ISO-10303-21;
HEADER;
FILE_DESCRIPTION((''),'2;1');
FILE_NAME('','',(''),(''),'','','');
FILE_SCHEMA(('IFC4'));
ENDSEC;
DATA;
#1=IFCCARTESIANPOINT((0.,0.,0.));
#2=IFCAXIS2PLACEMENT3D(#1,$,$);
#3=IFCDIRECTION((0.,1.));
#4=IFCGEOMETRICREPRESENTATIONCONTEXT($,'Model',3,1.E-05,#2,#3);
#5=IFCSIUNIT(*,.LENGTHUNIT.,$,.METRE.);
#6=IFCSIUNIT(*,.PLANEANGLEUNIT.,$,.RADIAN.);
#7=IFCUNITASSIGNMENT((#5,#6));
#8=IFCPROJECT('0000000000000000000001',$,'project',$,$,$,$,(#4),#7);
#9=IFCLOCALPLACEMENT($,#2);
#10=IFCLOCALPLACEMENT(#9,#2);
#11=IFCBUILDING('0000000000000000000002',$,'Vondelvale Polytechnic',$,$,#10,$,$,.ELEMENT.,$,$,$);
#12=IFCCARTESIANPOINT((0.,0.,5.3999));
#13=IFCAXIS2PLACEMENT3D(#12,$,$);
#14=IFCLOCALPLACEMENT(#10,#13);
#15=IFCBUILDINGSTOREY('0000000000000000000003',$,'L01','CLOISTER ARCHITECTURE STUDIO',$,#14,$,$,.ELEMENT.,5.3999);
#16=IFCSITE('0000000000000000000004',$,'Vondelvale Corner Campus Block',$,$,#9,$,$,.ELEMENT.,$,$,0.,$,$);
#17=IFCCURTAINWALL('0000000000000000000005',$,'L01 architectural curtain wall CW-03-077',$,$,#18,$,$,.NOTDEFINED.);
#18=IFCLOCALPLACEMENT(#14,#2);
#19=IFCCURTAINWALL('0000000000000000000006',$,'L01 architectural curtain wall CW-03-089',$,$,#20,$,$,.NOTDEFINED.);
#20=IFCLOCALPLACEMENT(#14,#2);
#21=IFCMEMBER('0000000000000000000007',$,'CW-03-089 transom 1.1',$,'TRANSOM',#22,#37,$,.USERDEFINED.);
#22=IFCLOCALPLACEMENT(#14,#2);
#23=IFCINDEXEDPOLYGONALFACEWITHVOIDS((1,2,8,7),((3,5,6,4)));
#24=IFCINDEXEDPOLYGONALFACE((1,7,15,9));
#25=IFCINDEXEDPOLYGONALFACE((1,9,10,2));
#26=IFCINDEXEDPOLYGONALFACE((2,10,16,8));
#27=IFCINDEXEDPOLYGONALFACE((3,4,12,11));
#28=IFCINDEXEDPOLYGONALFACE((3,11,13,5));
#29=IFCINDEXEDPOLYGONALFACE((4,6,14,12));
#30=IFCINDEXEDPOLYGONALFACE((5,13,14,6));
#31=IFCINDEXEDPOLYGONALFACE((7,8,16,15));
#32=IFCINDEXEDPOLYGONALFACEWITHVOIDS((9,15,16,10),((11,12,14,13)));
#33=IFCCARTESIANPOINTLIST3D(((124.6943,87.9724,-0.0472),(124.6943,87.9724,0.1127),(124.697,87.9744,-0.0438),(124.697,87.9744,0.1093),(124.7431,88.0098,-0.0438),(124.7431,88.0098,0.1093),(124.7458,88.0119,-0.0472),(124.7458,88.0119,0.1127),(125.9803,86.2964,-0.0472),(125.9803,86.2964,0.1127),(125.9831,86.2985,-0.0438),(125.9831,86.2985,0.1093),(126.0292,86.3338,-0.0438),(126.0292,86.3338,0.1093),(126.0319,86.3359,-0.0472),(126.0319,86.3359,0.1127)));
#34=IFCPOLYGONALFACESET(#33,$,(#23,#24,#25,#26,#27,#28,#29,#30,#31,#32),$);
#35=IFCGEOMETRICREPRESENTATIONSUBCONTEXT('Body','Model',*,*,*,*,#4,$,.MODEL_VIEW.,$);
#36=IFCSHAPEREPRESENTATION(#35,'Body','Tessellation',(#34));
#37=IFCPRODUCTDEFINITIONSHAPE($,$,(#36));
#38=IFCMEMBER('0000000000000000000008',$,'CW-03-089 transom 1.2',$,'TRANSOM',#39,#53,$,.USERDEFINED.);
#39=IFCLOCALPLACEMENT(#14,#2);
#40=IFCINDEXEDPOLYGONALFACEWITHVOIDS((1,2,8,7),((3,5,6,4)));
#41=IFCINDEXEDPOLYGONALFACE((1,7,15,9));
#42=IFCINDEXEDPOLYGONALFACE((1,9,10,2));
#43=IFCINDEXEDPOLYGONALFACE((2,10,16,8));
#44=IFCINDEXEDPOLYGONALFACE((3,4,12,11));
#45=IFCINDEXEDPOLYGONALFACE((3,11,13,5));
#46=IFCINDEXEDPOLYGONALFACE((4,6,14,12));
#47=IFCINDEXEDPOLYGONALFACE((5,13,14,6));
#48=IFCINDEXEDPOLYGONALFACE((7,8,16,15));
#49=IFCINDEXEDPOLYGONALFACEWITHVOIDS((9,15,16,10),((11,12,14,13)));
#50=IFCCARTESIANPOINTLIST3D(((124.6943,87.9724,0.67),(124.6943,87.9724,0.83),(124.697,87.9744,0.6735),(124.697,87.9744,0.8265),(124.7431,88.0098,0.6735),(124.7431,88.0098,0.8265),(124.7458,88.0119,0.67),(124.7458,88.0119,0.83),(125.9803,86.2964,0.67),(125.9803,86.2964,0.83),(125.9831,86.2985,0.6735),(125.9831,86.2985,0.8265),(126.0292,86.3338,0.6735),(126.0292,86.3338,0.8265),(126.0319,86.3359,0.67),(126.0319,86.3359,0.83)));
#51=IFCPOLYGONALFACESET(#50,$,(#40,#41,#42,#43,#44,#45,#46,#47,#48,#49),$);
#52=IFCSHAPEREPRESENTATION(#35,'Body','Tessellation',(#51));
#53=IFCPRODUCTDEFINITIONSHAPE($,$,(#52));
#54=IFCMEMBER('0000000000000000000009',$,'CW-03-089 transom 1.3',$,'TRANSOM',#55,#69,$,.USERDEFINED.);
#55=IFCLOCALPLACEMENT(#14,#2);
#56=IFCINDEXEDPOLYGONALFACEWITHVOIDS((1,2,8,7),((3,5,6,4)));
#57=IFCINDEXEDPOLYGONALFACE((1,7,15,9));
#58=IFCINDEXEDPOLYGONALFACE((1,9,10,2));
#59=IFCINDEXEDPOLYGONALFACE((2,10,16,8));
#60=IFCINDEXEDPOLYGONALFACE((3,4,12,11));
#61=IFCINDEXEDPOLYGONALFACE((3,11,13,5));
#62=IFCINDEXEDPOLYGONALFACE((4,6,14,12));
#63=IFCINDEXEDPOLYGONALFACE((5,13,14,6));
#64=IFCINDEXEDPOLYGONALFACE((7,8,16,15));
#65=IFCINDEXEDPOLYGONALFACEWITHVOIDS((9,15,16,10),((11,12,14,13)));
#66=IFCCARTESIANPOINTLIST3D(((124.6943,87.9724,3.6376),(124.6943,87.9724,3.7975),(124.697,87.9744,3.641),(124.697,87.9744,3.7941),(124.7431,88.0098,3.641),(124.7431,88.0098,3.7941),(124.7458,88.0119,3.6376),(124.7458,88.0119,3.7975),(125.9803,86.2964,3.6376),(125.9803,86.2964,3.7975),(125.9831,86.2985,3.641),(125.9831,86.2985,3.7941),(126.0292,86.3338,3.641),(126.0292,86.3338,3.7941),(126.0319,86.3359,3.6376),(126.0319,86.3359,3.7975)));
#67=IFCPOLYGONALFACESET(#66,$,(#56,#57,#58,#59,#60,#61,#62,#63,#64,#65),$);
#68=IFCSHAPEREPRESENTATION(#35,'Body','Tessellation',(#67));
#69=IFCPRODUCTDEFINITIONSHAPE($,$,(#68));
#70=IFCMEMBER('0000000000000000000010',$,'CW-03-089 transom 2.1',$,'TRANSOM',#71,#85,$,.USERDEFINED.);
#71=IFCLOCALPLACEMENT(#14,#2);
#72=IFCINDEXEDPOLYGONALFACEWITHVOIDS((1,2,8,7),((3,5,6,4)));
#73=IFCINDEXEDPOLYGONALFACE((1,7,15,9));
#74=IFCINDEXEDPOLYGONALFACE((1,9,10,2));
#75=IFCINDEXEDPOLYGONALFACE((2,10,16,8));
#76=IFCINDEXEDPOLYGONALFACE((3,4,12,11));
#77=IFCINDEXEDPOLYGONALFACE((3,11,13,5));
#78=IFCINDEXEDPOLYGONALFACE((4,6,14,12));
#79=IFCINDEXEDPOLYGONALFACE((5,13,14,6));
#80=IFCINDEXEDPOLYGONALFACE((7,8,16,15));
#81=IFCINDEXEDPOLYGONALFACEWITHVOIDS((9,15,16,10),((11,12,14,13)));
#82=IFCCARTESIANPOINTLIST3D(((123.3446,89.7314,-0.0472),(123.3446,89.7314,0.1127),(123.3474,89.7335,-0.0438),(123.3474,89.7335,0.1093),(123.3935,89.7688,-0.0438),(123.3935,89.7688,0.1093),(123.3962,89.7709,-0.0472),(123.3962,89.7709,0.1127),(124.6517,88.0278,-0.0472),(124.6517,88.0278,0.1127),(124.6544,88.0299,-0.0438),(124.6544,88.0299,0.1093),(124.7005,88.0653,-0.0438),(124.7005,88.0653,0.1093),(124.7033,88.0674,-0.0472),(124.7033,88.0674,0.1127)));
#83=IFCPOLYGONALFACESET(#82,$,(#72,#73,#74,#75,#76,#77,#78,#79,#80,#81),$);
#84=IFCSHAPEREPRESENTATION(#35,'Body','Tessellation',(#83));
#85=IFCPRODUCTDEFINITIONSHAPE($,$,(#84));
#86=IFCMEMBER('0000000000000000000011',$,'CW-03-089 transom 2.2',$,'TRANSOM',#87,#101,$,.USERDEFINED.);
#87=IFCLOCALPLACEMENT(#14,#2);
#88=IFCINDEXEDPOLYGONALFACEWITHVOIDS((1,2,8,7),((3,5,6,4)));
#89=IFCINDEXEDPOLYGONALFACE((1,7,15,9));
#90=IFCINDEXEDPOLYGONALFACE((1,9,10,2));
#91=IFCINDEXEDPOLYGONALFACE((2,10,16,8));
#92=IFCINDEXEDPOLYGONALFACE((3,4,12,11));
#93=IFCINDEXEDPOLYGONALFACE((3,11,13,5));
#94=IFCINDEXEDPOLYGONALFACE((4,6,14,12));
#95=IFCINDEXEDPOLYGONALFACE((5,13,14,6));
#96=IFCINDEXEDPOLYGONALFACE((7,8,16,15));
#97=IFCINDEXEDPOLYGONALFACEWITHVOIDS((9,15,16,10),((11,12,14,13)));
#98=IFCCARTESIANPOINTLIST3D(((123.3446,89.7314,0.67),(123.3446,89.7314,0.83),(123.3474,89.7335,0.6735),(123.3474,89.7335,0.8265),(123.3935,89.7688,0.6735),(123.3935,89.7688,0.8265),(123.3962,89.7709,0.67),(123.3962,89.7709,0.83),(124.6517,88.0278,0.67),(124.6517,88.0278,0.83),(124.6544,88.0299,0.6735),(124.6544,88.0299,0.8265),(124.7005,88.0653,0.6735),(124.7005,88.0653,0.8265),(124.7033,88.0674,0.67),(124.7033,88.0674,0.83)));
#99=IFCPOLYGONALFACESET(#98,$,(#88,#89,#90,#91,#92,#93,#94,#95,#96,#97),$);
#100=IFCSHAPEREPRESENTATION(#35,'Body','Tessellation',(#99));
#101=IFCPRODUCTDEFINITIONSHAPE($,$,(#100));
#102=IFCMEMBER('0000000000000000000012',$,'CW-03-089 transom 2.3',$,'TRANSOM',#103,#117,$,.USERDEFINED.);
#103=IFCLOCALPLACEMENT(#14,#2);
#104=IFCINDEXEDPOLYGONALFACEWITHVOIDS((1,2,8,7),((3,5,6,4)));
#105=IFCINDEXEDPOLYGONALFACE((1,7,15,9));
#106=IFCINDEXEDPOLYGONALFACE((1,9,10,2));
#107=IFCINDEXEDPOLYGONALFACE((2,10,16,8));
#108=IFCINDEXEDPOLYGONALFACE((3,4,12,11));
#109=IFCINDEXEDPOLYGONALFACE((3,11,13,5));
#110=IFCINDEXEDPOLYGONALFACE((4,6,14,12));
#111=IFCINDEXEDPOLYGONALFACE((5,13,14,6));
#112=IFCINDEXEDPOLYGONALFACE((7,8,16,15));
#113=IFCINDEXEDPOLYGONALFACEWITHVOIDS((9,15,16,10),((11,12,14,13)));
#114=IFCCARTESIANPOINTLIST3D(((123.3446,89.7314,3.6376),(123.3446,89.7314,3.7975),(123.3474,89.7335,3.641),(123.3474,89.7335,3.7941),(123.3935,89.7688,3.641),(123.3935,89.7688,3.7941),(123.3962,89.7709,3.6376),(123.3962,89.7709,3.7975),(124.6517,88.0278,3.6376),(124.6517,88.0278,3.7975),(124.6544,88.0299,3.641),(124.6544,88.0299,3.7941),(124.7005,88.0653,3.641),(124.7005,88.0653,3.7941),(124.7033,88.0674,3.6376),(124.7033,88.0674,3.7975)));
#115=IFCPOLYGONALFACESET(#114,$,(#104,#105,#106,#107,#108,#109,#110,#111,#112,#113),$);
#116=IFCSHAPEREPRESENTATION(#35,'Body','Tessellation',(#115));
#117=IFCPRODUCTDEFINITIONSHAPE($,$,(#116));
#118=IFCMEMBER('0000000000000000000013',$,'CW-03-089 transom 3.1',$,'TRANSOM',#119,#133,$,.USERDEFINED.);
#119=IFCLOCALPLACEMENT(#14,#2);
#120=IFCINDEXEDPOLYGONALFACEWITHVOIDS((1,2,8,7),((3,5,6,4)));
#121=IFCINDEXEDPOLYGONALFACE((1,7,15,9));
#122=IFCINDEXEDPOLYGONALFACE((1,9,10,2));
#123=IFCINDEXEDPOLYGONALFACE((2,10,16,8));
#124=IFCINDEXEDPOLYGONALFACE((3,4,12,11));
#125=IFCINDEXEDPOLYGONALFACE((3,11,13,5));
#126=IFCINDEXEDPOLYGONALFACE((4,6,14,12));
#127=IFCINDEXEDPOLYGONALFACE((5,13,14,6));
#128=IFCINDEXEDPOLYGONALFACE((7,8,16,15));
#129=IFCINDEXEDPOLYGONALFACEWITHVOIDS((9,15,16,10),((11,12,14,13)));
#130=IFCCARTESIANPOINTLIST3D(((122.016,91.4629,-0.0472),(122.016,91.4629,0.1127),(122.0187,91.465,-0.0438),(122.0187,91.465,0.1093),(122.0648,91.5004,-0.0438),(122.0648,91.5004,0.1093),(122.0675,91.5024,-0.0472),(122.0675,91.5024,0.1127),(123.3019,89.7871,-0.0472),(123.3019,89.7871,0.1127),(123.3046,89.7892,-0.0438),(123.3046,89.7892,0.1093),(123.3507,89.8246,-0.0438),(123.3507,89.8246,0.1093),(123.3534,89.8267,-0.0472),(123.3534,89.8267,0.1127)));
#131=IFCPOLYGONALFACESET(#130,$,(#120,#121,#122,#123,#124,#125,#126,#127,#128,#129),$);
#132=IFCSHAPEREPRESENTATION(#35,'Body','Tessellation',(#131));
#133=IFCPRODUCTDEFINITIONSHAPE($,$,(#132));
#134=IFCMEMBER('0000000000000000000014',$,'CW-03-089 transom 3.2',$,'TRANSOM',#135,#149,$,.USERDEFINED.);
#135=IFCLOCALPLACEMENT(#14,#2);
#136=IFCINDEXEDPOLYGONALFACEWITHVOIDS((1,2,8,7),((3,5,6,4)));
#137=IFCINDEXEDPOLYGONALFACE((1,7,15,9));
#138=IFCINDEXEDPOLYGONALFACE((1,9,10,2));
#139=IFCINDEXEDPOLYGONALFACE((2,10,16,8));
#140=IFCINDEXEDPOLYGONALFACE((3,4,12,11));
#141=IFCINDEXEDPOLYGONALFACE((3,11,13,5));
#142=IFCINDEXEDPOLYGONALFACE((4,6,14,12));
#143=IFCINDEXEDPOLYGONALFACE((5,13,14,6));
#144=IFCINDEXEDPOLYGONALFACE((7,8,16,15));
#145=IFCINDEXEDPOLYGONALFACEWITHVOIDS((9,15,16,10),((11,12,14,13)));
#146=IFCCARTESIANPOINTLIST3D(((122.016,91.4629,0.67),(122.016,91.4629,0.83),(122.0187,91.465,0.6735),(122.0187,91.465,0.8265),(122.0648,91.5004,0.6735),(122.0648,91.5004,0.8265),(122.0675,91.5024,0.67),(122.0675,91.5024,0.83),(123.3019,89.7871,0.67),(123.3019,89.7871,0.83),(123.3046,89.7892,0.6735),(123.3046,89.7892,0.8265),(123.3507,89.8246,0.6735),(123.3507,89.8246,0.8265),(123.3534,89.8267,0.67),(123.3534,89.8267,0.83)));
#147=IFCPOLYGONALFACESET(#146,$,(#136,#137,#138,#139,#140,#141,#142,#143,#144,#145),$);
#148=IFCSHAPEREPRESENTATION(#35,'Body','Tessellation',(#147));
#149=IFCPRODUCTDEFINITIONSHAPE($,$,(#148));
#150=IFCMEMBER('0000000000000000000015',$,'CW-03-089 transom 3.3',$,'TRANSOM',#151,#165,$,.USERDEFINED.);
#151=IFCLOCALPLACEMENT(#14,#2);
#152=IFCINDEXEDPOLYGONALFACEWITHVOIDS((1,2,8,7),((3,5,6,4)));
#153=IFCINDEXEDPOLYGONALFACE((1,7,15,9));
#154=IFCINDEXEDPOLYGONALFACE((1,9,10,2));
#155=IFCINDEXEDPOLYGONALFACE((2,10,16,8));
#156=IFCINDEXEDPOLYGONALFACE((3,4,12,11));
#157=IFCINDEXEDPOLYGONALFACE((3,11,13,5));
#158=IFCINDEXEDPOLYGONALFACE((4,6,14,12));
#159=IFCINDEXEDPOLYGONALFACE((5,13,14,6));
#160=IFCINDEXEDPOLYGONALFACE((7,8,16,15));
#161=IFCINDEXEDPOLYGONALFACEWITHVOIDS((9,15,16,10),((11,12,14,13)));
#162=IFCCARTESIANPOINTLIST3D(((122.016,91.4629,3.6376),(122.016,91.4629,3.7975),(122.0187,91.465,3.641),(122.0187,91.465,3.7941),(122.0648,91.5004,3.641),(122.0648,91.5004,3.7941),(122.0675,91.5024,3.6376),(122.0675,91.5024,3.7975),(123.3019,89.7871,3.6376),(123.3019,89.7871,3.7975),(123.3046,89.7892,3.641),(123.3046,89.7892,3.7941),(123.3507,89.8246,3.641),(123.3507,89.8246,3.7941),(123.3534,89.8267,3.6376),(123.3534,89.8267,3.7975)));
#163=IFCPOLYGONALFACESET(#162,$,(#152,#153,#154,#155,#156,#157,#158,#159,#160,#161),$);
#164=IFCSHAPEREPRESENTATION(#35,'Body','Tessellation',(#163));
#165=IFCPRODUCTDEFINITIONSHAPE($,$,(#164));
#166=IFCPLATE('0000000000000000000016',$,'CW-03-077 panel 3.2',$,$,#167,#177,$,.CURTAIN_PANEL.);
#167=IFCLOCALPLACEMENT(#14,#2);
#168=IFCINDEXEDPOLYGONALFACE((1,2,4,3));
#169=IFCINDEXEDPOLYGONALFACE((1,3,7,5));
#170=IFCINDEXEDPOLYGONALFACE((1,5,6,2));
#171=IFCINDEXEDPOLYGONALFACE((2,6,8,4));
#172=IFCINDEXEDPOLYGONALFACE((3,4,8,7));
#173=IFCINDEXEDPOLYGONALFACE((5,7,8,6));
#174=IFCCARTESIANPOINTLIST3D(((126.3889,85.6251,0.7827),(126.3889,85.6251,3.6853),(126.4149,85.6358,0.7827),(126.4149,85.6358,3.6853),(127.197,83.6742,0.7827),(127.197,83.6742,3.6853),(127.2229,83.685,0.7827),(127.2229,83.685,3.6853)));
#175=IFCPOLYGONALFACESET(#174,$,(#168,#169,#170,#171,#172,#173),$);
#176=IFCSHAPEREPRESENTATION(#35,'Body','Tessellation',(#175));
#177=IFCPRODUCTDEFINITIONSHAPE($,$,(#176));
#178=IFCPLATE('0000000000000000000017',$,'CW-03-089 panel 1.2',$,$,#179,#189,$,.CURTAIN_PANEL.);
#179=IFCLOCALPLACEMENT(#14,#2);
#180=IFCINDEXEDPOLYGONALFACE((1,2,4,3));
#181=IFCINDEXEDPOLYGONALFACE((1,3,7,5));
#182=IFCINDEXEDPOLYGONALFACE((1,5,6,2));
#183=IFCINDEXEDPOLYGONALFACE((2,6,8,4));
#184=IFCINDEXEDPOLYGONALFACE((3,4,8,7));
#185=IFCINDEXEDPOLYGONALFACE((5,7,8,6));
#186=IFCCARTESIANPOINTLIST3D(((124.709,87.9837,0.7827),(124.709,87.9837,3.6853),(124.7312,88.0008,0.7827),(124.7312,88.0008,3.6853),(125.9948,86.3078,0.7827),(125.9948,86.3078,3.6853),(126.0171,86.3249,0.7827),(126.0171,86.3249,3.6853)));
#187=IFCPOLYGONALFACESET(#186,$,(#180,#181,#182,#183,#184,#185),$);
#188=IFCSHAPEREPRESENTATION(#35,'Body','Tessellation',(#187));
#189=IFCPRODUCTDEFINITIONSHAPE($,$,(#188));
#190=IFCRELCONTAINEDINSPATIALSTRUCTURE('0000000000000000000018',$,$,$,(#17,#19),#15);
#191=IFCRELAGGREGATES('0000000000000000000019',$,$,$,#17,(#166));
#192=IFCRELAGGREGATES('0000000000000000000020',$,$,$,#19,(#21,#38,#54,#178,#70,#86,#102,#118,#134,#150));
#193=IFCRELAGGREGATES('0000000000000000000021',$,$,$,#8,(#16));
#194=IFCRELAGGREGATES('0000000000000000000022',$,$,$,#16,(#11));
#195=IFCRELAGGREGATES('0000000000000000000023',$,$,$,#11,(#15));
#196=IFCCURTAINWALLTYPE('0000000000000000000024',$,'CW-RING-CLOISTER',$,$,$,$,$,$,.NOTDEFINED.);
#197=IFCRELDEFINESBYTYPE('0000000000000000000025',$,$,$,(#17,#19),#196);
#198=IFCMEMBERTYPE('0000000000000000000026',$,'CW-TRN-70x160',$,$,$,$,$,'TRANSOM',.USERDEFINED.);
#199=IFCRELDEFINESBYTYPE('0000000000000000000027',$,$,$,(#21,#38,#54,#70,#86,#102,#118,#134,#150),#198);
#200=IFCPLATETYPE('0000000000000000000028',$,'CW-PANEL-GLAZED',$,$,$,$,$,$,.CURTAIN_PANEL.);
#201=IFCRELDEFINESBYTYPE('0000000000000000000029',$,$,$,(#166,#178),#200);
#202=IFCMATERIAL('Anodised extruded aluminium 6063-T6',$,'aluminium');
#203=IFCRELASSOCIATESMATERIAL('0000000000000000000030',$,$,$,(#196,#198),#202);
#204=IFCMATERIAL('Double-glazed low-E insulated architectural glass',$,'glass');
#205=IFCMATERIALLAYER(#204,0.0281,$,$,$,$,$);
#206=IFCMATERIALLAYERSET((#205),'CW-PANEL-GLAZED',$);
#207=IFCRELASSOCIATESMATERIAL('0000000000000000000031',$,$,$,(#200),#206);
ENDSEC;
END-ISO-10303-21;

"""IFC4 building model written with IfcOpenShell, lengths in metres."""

from ifc_helpers import new_model, si_unit, direction, frame, origin, origin_2d, place, context, subcontext, project, spatial, rectangle, hollow_rectangle, extrude, material, layer, layer_set, material_profile, profile_set, type_object, element, aggregate, save


model = new_model("IFC4")

# Units and contexts
model_context = context("Model", 3, precision=1e-05, world=origin(), true_north=direction((0.0, 1.0)))
body_context = subcontext(model_context, "Body", "Model", "MODEL_VIEW")
ifc_project = project(units=[si_unit("LENGTHUNIT", "METRE"), si_unit("PLANEANGLEUNIT", "RADIAN")], contexts=[model_context])

# Site, building, storey
site_placement = place(None, origin())
site = spatial("IfcSite", under=ifc_project, at=site_placement, Name="Vondelvale Corner Campus Block", CompositionType="ELEMENT", RefElevation=0.0)
building_placement = place(site_placement, origin())
building = spatial("IfcBuilding", under=site, at=building_placement, Name="Vondelvale Polytechnic", CompositionType="ELEMENT")
storey_placement = place(building_placement, frame((0.0, 0.0, 5.3999)))
storey = spatial("IfcBuildingStorey", under=building, at=storey_placement, Name="L01", Description="CLOISTER ARCHITECTURE STUDIO", CompositionType="ELEMENT", Elevation=5.3999)

# Curtain wall
ifc_material_1 = material(Name="Anodised extruded aluminium 6063-T6", Category="aluminium")
curtain_wall_type = type_object("IfcCurtainWallType", Name="CW-RING-CLOISTER", PredefinedType="NOTDEFINED", material=ifc_material_1)
curtain_wall_1_placement = place(storey_placement, origin())
curtain_wall_1 = element("IfcCurtainWall", 1, at=curtain_wall_1_placement, inside=storey, type_object=curtain_wall_type, Name="L01 architectural curtain wall CW-03-077", PredefinedType="NOTDEFINED")

# Curtain wall, members
curtain_wall_2_placement = place(storey_placement, origin())
curtain_wall_2 = element("IfcCurtainWall", 2, at=curtain_wall_2_placement, inside=storey, type_object=curtain_wall_type, Name="L01 architectural curtain wall CW-03-089", PredefinedType="NOTDEFINED")
ifc_material_profile_1 = material_profile(ifc_material_1, hollow_rectangle(XDim=0.0649, YDim=0.1599, WallThickness=0.0034, at=origin_2d()), Name="CW-TRN-160x65")
ifc_profile_set_1 = profile_set([ifc_material_profile_1], Name="Anodised extruded aluminium 6063-T6")
member_type_1 = type_object("IfcMemberType", Name="CW-TRN-70x160", ElementType="TRANSOM", PredefinedType="USERDEFINED", material=ifc_profile_set_1)
member_1_placement = place(storey_placement, frame((126.0061, 86.3162, 0.0327), z_axis=(-0.608783, 0.793337, 0.0), x_axis=(-0.793337, -0.608783, 0.0)))
member_1 = element("IfcMember", 3, at=member_1_placement, type_object=member_type_1, Name="CW-03-089 transom 1.1", ObjectType="TRANSOM", PredefinedType="USERDEFINED", context=body_context, shape_type="SweptSolid", body=[
    extrude(hollow_rectangle(XDim=0.0649, YDim=0.1599, WallThickness=0.0034, at=origin_2d()), origin(), (0.0, 0.0, 1.0), 2.1125),
])
member_2_placement = place(storey_placement, frame((126.0061, 86.3162, 0.75), z_axis=(-0.608783, 0.793337, 0.0), x_axis=(-0.793337, -0.608783, 0.0)))
member_2 = element("IfcMember", 4, at=member_2_placement, type_object=member_type_1, Name="CW-03-089 transom 1.2", ObjectType="TRANSOM", PredefinedType="USERDEFINED", context=body_context, shape_type="SweptSolid", body=[
    extrude(hollow_rectangle(XDim=0.0649, YDim=0.1599, WallThickness=0.0034, at=origin_2d()), origin(), (0.0, 0.0, 1.0), 2.1125),
])
member_3_placement = place(storey_placement, frame((126.0061, 86.3162, 3.7175), z_axis=(-0.608783, 0.793337, 0.0), x_axis=(-0.793337, -0.608783, 0.0)))
member_3 = element("IfcMember", 5, at=member_3_placement, type_object=member_type_1, Name="CW-03-089 transom 1.3", ObjectType="TRANSOM", PredefinedType="USERDEFINED", context=body_context, shape_type="SweptSolid", body=[
    extrude(hollow_rectangle(XDim=0.0649, YDim=0.1599, WallThickness=0.0034, at=origin_2d()), origin(), (0.0, 0.0, 1.0), 2.1125),
])
member_4_placement = place(storey_placement, frame((124.6775, 88.0476, 0.0327), z_axis=(-0.608732, 0.793376, 0.0), x_axis=(-0.793376, -0.608732, 0.0)))
member_4 = element("IfcMember", 6, at=member_4_placement, type_object=member_type_1, Name="CW-03-089 transom 2.1", ObjectType="TRANSOM", PredefinedType="USERDEFINED", context=body_context, shape_type="SweptSolid", body=[
    extrude(hollow_rectangle(XDim=0.0649, YDim=0.1599, WallThickness=0.0034, at=origin_2d()), origin(), (0.0, 0.0, 1.0), 2.1472),
])
member_5_placement = place(storey_placement, frame((124.6775, 88.0476, 0.75), z_axis=(-0.608732, 0.793376, 0.0), x_axis=(-0.793376, -0.608732, 0.0)))
member_5 = element("IfcMember", 7, at=member_5_placement, type_object=member_type_1, Name="CW-03-089 transom 2.2", ObjectType="TRANSOM", PredefinedType="USERDEFINED", context=body_context, shape_type="SweptSolid", body=[
    extrude(hollow_rectangle(XDim=0.0649, YDim=0.1599, WallThickness=0.0034, at=origin_2d()), origin(), (0.0, 0.0, 1.0), 2.1472),
])
member_6_placement = place(storey_placement, frame((124.6775, 88.0476, 3.7175), z_axis=(-0.608732, 0.793376, 0.0), x_axis=(-0.793376, -0.608732, 0.0)))
member_6 = element("IfcMember", 8, at=member_6_placement, type_object=member_type_1, Name="CW-03-089 transom 2.3", ObjectType="TRANSOM", PredefinedType="USERDEFINED", context=body_context, shape_type="SweptSolid", body=[
    extrude(hollow_rectangle(XDim=0.0649, YDim=0.1599, WallThickness=0.0034, at=origin_2d()), origin(), (0.0, 0.0, 1.0), 2.1472),
])
member_7_placement = place(storey_placement, frame((123.3276, 89.8069, 0.0327), z_axis=(-0.608766, 0.79335, 0.0), x_axis=(-0.79335, -0.608766, 0.0)))
member_7 = element("IfcMember", 9, at=member_7_placement, type_object=member_type_1, Name="CW-03-089 transom 3.1", ObjectType="TRANSOM", PredefinedType="USERDEFINED", context=body_context, shape_type="SweptSolid", body=[
    extrude(hollow_rectangle(XDim=0.0649, YDim=0.1599, WallThickness=0.0034, at=origin_2d()), origin(), (0.0, 0.0, 1.0), 2.1123),
])
member_8_placement = place(storey_placement, frame((123.3276, 89.8069, 0.75), z_axis=(-0.608766, 0.79335, 0.0), x_axis=(-0.79335, -0.608766, 0.0)))
member_8 = element("IfcMember", 10, at=member_8_placement, type_object=member_type_1, Name="CW-03-089 transom 3.2", ObjectType="TRANSOM", PredefinedType="USERDEFINED", context=body_context, shape_type="SweptSolid", body=[
    extrude(hollow_rectangle(XDim=0.0649, YDim=0.1599, WallThickness=0.0034, at=origin_2d()), origin(), (0.0, 0.0, 1.0), 2.1123),
])
member_9_placement = place(storey_placement, frame((123.3276, 89.8069, 3.7175), z_axis=(-0.608766, 0.79335, 0.0), x_axis=(-0.79335, -0.608766, 0.0)))
member_9 = element("IfcMember", 11, at=member_9_placement, type_object=member_type_1, Name="CW-03-089 transom 3.3", ObjectType="TRANSOM", PredefinedType="USERDEFINED", context=body_context, shape_type="SweptSolid", body=[
    extrude(hollow_rectangle(XDim=0.0649, YDim=0.1599, WallThickness=0.0034, at=origin_2d()), origin(), (0.0, 0.0, 1.0), 2.1123),
])

# Plates
ifc_material_2 = material(Name="Double-glazed low-E insulated architectural glass", Category="glass")
ifc_layer_1 = layer(ifc_material_2, 0.0281)
ifc_layer_set_1 = layer_set([ifc_layer_1], Name="CW-PANEL-GLAZED")
plate_type_1 = type_object("IfcPlateType", Name="CW-PANEL-GLAZED", PredefinedType="CURTAIN_PANEL", material=ifc_layer_set_1)
plate_1_placement = place(storey_placement, frame((126.8059, 84.655, 0.7827), z_axis=(0.0, 0.0, 1.0), x_axis=(-0.382679, 0.923882, 0.0)))
plate_1 = element("IfcPlate", 12, at=plate_1_placement, type_object=plate_type_1, Name="CW-03-077 panel 3.2", PredefinedType="CURTAIN_PANEL", context=body_context, shape_type="SweptSolid", body=[
    extrude(rectangle(XDim=2.1116, YDim=0.0281, at=origin_2d()), origin(), (0.0, 0.0, 1.0), 2.9026),
])
aggregate(curtain_wall_1, [plate_1])
plate_2_placement = place(storey_placement, frame((125.363, 87.1543, 0.7827), z_axis=(0.0, 0.0, 1.0), x_axis=(-0.608748, 0.793364, 0.0)))
plate_2 = element("IfcPlate", 13, at=plate_2_placement, type_object=plate_type_1, Name="CW-03-089 panel 1.2", PredefinedType="CURTAIN_PANEL", context=body_context, shape_type="SweptSolid", body=[
    extrude(rectangle(XDim=2.1123, YDim=0.0281, at=origin_2d()), origin(), (0.0, 0.0, 1.0), 2.9026),
])
aggregate(curtain_wall_2, [member_1, member_2, member_3, plate_2, member_4, member_5, member_6, member_7, member_8, member_9])

save(model, "model.ifc")
